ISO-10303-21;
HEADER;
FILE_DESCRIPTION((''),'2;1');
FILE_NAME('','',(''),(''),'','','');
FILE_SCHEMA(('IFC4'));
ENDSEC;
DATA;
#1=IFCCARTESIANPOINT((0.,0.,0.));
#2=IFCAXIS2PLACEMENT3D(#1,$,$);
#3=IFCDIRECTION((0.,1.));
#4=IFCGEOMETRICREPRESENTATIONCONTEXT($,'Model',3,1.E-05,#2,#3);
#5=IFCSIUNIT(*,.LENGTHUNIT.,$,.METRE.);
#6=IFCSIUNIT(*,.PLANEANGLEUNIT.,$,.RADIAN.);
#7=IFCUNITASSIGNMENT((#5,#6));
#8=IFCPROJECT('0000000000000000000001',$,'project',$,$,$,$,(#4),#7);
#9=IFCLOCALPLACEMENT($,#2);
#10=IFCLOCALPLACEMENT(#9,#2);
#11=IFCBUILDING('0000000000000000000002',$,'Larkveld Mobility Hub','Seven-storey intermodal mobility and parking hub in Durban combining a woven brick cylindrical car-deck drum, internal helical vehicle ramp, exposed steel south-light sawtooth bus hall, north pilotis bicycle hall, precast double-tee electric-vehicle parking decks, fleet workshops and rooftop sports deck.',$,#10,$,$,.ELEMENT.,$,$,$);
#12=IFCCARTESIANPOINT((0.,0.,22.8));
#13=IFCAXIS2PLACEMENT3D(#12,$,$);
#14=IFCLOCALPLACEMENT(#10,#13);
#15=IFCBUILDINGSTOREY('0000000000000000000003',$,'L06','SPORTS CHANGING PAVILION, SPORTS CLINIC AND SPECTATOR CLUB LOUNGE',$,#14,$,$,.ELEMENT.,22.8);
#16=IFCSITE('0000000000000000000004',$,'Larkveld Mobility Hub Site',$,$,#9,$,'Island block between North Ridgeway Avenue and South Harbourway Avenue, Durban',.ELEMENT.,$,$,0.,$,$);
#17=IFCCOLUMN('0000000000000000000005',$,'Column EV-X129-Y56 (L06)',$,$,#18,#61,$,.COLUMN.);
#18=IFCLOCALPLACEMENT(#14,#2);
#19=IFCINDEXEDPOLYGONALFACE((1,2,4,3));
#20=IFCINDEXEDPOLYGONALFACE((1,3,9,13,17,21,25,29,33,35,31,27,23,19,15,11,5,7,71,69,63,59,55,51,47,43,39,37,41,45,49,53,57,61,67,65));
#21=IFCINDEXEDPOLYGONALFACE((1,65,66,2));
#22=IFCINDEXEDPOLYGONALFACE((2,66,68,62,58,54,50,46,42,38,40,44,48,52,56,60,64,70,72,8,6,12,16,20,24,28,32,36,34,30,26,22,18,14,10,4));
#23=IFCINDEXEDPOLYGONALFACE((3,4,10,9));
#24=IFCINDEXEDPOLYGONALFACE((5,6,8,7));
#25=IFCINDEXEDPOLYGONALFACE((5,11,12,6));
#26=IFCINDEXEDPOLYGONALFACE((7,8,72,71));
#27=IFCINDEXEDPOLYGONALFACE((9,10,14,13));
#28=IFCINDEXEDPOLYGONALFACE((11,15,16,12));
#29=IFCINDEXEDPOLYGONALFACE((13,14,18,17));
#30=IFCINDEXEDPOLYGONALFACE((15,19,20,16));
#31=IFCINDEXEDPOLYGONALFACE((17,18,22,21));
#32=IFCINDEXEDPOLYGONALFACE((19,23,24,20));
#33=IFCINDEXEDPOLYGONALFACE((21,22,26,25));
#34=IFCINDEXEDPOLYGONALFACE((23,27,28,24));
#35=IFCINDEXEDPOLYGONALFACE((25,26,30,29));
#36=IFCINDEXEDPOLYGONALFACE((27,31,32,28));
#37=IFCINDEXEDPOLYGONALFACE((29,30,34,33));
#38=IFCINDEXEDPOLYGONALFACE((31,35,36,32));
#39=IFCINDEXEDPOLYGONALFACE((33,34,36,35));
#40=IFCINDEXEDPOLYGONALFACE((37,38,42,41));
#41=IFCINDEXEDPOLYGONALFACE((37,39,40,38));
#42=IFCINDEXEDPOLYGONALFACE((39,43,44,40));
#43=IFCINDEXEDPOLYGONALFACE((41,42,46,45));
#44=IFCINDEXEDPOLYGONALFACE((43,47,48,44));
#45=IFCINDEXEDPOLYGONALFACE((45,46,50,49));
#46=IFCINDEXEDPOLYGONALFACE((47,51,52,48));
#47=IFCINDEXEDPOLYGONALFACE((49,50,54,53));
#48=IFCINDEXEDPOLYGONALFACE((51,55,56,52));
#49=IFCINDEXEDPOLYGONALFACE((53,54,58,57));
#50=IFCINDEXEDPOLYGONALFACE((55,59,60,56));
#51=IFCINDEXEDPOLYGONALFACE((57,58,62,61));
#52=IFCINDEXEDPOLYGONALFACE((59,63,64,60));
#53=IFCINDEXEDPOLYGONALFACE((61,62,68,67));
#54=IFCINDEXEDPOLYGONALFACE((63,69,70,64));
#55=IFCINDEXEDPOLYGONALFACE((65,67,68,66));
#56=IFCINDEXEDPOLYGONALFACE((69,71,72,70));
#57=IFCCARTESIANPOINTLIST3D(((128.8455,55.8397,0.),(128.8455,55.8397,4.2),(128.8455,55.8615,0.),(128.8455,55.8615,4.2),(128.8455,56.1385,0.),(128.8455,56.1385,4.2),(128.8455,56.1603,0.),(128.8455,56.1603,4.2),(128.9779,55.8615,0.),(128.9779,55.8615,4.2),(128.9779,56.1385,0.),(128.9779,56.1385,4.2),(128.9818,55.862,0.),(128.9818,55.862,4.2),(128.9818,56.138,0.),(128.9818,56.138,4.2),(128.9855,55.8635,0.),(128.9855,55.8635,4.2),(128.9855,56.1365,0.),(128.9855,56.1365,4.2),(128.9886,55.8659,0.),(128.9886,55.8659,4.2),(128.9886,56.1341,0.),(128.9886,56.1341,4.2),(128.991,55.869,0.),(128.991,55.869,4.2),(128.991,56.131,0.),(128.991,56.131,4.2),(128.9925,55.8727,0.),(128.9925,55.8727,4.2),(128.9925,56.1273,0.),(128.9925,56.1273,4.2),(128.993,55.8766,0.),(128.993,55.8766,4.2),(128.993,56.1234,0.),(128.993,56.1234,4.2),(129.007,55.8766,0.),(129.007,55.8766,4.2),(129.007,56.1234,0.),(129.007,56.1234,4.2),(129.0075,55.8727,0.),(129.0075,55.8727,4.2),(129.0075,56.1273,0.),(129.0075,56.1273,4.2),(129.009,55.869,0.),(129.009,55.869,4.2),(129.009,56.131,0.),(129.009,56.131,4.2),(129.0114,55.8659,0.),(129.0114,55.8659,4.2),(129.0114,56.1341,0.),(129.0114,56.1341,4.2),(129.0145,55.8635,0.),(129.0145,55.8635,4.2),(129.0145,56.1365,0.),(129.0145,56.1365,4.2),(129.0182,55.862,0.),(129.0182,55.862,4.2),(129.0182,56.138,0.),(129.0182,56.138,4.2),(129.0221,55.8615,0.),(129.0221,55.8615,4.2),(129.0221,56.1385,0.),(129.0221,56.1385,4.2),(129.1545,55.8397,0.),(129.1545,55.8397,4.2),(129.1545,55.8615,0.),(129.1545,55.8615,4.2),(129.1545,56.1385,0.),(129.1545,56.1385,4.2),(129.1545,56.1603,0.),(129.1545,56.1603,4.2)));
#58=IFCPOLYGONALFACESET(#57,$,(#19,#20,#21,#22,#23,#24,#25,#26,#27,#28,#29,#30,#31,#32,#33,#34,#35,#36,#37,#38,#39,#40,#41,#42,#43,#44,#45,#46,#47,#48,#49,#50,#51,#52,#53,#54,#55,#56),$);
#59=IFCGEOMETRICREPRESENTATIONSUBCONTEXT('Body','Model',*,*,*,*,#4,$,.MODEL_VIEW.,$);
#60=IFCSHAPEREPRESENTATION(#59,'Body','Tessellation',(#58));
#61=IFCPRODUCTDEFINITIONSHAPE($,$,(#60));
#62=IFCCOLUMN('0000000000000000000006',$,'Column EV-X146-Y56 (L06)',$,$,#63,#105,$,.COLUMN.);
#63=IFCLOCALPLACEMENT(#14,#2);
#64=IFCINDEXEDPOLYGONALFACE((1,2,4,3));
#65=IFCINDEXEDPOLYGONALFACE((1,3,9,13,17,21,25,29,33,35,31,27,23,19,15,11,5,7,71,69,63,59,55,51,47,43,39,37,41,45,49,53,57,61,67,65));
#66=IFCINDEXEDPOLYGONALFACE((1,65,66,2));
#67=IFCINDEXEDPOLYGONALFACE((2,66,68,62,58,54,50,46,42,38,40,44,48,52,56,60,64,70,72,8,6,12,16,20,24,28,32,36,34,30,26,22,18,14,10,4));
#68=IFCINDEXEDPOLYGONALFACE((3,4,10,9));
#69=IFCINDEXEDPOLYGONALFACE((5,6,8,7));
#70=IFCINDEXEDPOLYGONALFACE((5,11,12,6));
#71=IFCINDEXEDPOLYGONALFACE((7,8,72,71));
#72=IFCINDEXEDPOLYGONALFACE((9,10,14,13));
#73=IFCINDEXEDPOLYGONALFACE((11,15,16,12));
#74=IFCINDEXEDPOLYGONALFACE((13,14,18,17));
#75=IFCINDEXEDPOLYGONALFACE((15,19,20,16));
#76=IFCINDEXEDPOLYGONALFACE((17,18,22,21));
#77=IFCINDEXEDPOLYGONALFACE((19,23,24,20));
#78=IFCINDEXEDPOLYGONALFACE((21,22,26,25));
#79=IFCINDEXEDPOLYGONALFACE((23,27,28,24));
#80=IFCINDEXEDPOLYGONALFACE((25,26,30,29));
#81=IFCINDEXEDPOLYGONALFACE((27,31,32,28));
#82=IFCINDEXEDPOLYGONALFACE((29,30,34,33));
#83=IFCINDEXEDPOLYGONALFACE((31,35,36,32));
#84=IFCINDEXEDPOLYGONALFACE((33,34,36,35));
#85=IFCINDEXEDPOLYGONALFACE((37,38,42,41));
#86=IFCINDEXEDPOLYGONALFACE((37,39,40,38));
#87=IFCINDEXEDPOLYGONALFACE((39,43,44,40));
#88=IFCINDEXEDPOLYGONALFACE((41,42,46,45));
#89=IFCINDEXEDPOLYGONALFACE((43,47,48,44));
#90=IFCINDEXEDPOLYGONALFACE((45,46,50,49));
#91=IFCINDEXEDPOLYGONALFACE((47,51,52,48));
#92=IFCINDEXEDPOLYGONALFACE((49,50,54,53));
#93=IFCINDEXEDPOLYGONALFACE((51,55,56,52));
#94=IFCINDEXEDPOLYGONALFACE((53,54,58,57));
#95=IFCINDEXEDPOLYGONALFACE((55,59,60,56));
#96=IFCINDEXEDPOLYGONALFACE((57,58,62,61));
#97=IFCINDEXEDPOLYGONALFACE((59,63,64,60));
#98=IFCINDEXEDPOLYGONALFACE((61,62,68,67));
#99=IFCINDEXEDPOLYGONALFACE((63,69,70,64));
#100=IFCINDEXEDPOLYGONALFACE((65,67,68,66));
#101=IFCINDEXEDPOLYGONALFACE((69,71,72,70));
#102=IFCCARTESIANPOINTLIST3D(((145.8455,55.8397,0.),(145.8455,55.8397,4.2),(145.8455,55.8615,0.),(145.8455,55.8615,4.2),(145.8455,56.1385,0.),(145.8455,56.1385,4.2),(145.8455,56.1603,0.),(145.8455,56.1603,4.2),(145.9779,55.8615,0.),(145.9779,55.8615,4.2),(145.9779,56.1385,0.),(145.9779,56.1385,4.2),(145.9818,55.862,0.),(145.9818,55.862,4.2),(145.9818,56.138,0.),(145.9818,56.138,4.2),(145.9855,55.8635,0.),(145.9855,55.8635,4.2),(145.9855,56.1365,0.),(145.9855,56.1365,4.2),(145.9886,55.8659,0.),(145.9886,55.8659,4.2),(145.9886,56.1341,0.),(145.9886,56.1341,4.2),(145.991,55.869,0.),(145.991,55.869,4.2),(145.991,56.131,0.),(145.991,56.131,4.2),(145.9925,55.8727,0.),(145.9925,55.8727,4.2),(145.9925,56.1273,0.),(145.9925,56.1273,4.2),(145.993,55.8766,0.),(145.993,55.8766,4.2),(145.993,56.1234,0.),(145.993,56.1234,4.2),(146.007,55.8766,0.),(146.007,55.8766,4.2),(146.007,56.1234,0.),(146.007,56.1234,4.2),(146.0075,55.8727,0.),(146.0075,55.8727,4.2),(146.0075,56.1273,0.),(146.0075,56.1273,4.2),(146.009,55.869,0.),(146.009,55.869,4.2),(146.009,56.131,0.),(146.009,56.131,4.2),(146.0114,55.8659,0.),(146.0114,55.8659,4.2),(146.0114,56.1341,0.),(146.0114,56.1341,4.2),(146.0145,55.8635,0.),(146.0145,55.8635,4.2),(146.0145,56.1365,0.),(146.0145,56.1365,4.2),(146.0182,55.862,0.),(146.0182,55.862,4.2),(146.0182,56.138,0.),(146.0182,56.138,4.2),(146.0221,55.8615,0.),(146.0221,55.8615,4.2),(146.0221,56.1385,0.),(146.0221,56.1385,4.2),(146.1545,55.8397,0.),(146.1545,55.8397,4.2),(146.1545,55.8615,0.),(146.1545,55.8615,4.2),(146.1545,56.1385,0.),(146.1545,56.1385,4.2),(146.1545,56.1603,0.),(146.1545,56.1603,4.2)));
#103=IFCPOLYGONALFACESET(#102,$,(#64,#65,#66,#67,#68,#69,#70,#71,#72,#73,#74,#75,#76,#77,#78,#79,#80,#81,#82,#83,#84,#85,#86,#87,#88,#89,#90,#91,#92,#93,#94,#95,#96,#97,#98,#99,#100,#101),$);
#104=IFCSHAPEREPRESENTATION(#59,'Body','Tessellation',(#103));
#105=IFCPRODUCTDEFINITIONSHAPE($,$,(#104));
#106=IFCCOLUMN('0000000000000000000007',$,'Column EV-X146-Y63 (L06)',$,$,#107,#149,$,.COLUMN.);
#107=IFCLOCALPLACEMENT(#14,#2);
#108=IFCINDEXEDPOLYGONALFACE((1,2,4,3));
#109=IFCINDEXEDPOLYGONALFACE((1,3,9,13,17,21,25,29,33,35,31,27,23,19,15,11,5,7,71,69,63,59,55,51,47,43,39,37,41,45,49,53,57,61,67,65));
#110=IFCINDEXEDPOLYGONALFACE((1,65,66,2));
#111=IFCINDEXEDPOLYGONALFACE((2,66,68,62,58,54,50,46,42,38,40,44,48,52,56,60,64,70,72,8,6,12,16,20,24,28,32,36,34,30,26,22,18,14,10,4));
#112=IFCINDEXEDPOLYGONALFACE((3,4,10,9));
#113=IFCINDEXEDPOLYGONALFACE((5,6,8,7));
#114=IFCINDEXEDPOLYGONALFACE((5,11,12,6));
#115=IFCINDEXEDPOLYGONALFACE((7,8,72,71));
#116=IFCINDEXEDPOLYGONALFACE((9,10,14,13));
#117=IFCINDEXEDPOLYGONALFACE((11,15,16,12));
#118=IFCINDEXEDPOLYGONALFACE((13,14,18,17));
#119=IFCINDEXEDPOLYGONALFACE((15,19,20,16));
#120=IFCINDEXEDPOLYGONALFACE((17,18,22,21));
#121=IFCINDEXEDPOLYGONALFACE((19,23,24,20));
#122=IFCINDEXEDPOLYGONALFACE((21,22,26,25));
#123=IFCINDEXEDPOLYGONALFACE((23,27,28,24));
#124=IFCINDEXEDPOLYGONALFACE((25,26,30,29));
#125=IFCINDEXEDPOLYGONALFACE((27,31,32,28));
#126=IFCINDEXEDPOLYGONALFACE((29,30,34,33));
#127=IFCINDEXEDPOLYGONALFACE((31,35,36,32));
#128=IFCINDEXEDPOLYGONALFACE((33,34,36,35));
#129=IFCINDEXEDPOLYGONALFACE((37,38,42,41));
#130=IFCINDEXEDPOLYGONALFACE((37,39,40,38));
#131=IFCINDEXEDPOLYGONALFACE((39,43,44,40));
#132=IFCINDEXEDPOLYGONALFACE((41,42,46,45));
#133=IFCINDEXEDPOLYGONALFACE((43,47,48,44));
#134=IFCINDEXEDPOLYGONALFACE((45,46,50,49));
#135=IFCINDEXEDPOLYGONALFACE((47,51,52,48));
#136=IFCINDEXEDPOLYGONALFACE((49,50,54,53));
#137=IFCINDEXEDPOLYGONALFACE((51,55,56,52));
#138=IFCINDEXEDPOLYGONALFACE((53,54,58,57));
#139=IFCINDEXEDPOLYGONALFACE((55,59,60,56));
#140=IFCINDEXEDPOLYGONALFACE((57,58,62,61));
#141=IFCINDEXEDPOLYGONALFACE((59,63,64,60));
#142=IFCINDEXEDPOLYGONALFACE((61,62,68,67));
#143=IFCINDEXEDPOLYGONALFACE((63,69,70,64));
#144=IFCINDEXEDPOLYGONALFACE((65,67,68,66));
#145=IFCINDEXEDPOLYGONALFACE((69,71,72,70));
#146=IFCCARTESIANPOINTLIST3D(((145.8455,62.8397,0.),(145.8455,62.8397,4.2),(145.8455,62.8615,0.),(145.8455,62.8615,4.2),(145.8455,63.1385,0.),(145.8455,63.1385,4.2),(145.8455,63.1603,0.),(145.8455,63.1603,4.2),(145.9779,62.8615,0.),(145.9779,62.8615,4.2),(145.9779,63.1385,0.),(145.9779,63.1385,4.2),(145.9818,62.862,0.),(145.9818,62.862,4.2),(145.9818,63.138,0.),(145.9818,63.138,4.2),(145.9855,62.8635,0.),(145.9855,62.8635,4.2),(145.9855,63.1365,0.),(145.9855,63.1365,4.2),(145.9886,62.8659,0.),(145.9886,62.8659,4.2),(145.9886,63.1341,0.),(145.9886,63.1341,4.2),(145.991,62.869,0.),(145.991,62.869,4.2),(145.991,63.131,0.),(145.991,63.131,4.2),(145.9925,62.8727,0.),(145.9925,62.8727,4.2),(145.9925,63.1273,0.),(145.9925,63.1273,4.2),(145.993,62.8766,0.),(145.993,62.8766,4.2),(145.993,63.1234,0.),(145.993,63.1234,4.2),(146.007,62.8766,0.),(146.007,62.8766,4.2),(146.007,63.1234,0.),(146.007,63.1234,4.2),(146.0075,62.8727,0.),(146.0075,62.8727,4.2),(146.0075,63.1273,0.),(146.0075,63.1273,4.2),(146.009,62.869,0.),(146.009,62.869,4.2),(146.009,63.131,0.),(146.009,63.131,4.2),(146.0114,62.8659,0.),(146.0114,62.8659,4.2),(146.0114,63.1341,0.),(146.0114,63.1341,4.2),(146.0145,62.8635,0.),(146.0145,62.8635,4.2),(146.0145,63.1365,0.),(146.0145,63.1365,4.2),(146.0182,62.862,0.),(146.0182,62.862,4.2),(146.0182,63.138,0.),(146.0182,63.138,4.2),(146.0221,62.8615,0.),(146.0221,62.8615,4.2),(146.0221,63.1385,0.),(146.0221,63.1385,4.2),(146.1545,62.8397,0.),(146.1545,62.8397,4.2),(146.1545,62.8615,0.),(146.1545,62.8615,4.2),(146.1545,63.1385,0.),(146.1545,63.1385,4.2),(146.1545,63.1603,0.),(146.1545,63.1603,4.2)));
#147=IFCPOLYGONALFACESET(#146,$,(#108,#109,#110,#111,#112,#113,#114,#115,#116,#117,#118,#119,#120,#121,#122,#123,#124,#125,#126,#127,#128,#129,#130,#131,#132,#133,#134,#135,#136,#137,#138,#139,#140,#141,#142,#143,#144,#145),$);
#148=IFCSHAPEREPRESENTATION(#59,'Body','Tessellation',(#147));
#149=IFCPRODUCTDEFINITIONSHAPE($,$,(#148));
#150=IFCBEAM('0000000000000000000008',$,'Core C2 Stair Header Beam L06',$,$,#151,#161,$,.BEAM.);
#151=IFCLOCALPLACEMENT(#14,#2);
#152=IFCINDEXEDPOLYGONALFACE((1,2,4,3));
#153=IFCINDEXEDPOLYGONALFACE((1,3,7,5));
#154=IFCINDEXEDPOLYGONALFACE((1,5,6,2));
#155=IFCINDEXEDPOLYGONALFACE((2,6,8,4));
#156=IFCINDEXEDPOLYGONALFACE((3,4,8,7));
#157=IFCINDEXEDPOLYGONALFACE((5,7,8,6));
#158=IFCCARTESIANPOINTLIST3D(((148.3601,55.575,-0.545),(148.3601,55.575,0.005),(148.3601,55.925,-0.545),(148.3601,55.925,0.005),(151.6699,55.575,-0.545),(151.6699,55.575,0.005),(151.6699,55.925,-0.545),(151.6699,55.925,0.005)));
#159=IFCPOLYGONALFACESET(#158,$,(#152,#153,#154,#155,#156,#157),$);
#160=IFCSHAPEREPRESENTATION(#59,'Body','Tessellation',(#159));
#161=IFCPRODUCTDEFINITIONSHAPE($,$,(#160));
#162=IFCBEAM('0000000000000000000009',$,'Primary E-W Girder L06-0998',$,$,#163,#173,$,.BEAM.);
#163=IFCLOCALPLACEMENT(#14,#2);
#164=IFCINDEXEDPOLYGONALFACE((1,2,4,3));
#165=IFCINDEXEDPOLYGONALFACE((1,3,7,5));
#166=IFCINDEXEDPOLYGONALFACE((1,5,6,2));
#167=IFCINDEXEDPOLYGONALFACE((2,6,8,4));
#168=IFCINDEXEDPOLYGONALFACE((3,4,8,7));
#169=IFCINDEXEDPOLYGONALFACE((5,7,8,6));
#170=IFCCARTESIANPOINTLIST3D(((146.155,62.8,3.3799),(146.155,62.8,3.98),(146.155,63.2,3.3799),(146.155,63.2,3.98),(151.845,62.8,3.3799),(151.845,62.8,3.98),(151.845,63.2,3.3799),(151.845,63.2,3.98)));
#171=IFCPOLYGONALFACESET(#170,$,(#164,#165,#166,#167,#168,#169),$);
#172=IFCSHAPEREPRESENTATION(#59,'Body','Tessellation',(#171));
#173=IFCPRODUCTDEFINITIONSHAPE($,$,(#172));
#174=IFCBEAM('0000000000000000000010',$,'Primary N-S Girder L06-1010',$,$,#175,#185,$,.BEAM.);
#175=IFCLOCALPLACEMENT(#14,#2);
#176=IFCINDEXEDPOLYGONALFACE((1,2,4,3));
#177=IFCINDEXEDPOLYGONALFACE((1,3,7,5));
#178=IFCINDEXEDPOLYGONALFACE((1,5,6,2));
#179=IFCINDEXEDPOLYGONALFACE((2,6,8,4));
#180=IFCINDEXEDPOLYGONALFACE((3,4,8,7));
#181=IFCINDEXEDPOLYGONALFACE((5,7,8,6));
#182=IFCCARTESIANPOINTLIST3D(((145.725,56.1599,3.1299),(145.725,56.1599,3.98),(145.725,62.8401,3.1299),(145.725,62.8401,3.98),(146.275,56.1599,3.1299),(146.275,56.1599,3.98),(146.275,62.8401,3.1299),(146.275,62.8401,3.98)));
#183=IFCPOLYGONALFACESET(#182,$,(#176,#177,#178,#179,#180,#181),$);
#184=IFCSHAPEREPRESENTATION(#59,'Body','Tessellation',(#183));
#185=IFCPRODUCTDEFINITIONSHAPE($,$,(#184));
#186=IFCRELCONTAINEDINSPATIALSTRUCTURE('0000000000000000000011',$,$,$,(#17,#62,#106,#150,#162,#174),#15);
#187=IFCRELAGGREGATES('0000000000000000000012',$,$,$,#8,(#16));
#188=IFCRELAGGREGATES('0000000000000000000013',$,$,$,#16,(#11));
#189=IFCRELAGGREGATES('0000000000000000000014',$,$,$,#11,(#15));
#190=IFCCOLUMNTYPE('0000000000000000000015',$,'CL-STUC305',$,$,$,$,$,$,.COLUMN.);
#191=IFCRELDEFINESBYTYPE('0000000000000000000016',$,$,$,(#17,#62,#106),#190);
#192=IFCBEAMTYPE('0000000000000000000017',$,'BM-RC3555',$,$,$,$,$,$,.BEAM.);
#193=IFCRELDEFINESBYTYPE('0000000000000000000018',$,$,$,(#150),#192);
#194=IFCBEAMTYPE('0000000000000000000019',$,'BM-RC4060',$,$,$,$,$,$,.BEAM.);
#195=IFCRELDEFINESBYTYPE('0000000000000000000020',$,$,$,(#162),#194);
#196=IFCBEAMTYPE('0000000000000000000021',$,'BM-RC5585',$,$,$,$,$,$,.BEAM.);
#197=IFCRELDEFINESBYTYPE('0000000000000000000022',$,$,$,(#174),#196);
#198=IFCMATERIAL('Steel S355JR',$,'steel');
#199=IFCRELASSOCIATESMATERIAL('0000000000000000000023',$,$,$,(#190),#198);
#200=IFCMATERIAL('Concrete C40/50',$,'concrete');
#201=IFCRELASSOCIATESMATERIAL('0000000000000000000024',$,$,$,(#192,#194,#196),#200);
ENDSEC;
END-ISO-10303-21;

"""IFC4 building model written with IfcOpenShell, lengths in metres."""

from ifc_helpers import new_model, si_unit, direction, frame, origin, origin_2d, place, context, subcontext, project, spatial, rectangle, i_section, extrude, material, material_profile, profile_set, type_object, element, save


model = new_model("IFC4")

# Units and contexts
model_context = context("Model", 3, precision=1e-05, world=origin(), true_north=direction((0.0, 1.0)))
body_context = subcontext(model_context, "Body", "Model", "MODEL_VIEW")
ifc_project = project(units=[si_unit("LENGTHUNIT", "METRE"), si_unit("PLANEANGLEUNIT", "RADIAN")], contexts=[model_context])

# Site, building, storey
site_placement = place(None, origin())
site = spatial("IfcSite", under=ifc_project, at=site_placement, Name="Larkveld Mobility Hub Site", LongName="Island block between North Ridgeway Avenue and South Harbourway Avenue, Durban", CompositionType="ELEMENT", RefElevation=0.0)
building_placement = place(site_placement, origin())
building = spatial("IfcBuilding", under=site, at=building_placement, Name="Larkveld Mobility Hub", Description="Seven-storey intermodal mobility and parking hub in Durban combining a woven brick cylindrical car-deck drum, internal helical vehicle ramp, exposed steel south-light sawtooth bus hall, north pilotis bicycle hall, precast double-tee electric-vehicle parking decks, fleet workshops and rooftop sports deck.", CompositionType="ELEMENT")
storey_placement = place(building_placement, frame((0.0, 0.0, 22.8)))
storey = spatial("IfcBuildingStorey", under=building, at=storey_placement, Name="L06", Description="SPORTS CHANGING PAVILION, SPORTS CLINIC AND SPECTATOR CLUB LOUNGE", CompositionType="ELEMENT", Elevation=22.8)

# Columns
ifc_material_1 = material(Name="Steel S355JR", Category="steel")
ifc_material_profile_1 = material_profile(ifc_material_1, i_section(OverallWidth=0.3091, OverallDepth=0.3206, WebThickness=0.0139, FlangeThickness=0.0217, FilletRadius=0.0151, at=origin_2d()), Name="UC 305x305x137")
ifc_profile_set_1 = profile_set([ifc_material_profile_1], Name="Steel S355JR")
column_type = type_object("IfcColumnType", Name="CL-STUC305", PredefinedType="COLUMN", material=ifc_profile_set_1)
for number, where, z_axis, x_axis, name in (
    (1, (129.0, 56.0, 0.0), (0.0, 0.0, 1.0), (1.0, 0.0, 0.0), "Column EV-X129-Y56 (L06)"),
    (2, (146.0, 56.0, 0.0), (0.0, 0.0, 1.0), (1.0, 0.0, 0.0), "Column EV-X146-Y56 (L06)"),
    (3, (146.0, 63.0, 0.0), (0.0, 0.0, 1.0), (1.0, 0.0, 0.0), "Column EV-X146-Y63 (L06)"),
):
    element("IfcColumn", number, at=place(storey_placement, frame(where, z_axis=z_axis, x_axis=x_axis)), inside=storey, type_object=column_type, Name=name, PredefinedType="COLUMN", context=body_context, shape_type="SweptSolid", body=[
        extrude(i_section(OverallWidth=0.3091, OverallDepth=0.3206, WebThickness=0.0139, FlangeThickness=0.0217, FilletRadius=0.0151, at=origin_2d()), origin(), (0.0, 0.0, 1.0), 4.2),
    ])

# Beams
ifc_material_2 = material(Name="Concrete C40/50", Category="concrete")
ifc_material_profile_2 = material_profile(ifc_material_2, rectangle(XDim=0.3501, YDim=0.55, at=origin_2d()), Name="RC BM 350x550")
ifc_profile_set_2 = profile_set([ifc_material_profile_2], Name="Concrete C40/50")
beam_type_1 = type_object("IfcBeamType", Name="BM-RC3555", PredefinedType="BEAM", material=ifc_profile_set_2)
beam_1_placement = place(storey_placement, frame((148.3601, 55.75, -0.27), z_axis=(1.0, 0.0, 0.0), x_axis=(0.0, 1.0, 0.0)))
element("IfcBeam", 4, at=beam_1_placement, inside=storey, type_object=beam_type_1, Name="Core C2 Stair Header Beam L06", PredefinedType="BEAM", context=body_context, shape_type="SweptSolid", body=[
    extrude(rectangle(XDim=0.3501, YDim=0.55, at=origin_2d()), origin(), (0.0, 0.0, 1.0), 3.3098),
])
ifc_material_profile_3 = material_profile(ifc_material_2, rectangle(XDim=0.3999, YDim=0.6001, at=origin_2d()), Name="RC BM 400x600")
ifc_profile_set_3 = profile_set([ifc_material_profile_3], Name="Concrete C40/50")
beam_type_2 = type_object("IfcBeamType", Name="BM-RC4060", PredefinedType="BEAM", material=ifc_profile_set_3)
beam_2_placement = place(storey_placement, frame((146.155, 63.0, 3.6799), z_axis=(1.0, 0.0, 0.0), x_axis=(0.0, 1.0, 0.0)))
element("IfcBeam", 5, at=beam_2_placement, inside=storey, type_object=beam_type_2, Name="Primary E-W Girder L06-0998", PredefinedType="BEAM", context=body_context, shape_type="SweptSolid", body=[
    extrude(rectangle(XDim=0.3999, YDim=0.6001, at=origin_2d()), origin(), (0.0, 0.0, 1.0), 5.6899),
])
ifc_material_profile_4 = material_profile(ifc_material_2, rectangle(XDim=0.55, YDim=0.8501, at=origin_2d()), Name="RC BM 550x850")
ifc_profile_set_4 = profile_set([ifc_material_profile_4], Name="Concrete C40/50")
beam_type_3 = type_object("IfcBeamType", Name="BM-RC5585", PredefinedType="BEAM", material=ifc_profile_set_4)
beam_3_placement = place(storey_placement, frame((146.0, 56.1599, 3.5549), z_axis=(0.0, 1.0, 0.0), x_axis=(-1.0, 0.0, 0.0)))
element("IfcBeam", 6, at=beam_3_placement, inside=storey, type_object=beam_type_3, Name="Primary N-S Girder L06-1010", PredefinedType="BEAM", context=body_context, shape_type="SweptSolid", body=[
    extrude(rectangle(XDim=0.55, YDim=0.8501, at=origin_2d()), origin(), (0.0, 0.0, 1.0), 6.6802),
])

save(model, "model.ifc")
